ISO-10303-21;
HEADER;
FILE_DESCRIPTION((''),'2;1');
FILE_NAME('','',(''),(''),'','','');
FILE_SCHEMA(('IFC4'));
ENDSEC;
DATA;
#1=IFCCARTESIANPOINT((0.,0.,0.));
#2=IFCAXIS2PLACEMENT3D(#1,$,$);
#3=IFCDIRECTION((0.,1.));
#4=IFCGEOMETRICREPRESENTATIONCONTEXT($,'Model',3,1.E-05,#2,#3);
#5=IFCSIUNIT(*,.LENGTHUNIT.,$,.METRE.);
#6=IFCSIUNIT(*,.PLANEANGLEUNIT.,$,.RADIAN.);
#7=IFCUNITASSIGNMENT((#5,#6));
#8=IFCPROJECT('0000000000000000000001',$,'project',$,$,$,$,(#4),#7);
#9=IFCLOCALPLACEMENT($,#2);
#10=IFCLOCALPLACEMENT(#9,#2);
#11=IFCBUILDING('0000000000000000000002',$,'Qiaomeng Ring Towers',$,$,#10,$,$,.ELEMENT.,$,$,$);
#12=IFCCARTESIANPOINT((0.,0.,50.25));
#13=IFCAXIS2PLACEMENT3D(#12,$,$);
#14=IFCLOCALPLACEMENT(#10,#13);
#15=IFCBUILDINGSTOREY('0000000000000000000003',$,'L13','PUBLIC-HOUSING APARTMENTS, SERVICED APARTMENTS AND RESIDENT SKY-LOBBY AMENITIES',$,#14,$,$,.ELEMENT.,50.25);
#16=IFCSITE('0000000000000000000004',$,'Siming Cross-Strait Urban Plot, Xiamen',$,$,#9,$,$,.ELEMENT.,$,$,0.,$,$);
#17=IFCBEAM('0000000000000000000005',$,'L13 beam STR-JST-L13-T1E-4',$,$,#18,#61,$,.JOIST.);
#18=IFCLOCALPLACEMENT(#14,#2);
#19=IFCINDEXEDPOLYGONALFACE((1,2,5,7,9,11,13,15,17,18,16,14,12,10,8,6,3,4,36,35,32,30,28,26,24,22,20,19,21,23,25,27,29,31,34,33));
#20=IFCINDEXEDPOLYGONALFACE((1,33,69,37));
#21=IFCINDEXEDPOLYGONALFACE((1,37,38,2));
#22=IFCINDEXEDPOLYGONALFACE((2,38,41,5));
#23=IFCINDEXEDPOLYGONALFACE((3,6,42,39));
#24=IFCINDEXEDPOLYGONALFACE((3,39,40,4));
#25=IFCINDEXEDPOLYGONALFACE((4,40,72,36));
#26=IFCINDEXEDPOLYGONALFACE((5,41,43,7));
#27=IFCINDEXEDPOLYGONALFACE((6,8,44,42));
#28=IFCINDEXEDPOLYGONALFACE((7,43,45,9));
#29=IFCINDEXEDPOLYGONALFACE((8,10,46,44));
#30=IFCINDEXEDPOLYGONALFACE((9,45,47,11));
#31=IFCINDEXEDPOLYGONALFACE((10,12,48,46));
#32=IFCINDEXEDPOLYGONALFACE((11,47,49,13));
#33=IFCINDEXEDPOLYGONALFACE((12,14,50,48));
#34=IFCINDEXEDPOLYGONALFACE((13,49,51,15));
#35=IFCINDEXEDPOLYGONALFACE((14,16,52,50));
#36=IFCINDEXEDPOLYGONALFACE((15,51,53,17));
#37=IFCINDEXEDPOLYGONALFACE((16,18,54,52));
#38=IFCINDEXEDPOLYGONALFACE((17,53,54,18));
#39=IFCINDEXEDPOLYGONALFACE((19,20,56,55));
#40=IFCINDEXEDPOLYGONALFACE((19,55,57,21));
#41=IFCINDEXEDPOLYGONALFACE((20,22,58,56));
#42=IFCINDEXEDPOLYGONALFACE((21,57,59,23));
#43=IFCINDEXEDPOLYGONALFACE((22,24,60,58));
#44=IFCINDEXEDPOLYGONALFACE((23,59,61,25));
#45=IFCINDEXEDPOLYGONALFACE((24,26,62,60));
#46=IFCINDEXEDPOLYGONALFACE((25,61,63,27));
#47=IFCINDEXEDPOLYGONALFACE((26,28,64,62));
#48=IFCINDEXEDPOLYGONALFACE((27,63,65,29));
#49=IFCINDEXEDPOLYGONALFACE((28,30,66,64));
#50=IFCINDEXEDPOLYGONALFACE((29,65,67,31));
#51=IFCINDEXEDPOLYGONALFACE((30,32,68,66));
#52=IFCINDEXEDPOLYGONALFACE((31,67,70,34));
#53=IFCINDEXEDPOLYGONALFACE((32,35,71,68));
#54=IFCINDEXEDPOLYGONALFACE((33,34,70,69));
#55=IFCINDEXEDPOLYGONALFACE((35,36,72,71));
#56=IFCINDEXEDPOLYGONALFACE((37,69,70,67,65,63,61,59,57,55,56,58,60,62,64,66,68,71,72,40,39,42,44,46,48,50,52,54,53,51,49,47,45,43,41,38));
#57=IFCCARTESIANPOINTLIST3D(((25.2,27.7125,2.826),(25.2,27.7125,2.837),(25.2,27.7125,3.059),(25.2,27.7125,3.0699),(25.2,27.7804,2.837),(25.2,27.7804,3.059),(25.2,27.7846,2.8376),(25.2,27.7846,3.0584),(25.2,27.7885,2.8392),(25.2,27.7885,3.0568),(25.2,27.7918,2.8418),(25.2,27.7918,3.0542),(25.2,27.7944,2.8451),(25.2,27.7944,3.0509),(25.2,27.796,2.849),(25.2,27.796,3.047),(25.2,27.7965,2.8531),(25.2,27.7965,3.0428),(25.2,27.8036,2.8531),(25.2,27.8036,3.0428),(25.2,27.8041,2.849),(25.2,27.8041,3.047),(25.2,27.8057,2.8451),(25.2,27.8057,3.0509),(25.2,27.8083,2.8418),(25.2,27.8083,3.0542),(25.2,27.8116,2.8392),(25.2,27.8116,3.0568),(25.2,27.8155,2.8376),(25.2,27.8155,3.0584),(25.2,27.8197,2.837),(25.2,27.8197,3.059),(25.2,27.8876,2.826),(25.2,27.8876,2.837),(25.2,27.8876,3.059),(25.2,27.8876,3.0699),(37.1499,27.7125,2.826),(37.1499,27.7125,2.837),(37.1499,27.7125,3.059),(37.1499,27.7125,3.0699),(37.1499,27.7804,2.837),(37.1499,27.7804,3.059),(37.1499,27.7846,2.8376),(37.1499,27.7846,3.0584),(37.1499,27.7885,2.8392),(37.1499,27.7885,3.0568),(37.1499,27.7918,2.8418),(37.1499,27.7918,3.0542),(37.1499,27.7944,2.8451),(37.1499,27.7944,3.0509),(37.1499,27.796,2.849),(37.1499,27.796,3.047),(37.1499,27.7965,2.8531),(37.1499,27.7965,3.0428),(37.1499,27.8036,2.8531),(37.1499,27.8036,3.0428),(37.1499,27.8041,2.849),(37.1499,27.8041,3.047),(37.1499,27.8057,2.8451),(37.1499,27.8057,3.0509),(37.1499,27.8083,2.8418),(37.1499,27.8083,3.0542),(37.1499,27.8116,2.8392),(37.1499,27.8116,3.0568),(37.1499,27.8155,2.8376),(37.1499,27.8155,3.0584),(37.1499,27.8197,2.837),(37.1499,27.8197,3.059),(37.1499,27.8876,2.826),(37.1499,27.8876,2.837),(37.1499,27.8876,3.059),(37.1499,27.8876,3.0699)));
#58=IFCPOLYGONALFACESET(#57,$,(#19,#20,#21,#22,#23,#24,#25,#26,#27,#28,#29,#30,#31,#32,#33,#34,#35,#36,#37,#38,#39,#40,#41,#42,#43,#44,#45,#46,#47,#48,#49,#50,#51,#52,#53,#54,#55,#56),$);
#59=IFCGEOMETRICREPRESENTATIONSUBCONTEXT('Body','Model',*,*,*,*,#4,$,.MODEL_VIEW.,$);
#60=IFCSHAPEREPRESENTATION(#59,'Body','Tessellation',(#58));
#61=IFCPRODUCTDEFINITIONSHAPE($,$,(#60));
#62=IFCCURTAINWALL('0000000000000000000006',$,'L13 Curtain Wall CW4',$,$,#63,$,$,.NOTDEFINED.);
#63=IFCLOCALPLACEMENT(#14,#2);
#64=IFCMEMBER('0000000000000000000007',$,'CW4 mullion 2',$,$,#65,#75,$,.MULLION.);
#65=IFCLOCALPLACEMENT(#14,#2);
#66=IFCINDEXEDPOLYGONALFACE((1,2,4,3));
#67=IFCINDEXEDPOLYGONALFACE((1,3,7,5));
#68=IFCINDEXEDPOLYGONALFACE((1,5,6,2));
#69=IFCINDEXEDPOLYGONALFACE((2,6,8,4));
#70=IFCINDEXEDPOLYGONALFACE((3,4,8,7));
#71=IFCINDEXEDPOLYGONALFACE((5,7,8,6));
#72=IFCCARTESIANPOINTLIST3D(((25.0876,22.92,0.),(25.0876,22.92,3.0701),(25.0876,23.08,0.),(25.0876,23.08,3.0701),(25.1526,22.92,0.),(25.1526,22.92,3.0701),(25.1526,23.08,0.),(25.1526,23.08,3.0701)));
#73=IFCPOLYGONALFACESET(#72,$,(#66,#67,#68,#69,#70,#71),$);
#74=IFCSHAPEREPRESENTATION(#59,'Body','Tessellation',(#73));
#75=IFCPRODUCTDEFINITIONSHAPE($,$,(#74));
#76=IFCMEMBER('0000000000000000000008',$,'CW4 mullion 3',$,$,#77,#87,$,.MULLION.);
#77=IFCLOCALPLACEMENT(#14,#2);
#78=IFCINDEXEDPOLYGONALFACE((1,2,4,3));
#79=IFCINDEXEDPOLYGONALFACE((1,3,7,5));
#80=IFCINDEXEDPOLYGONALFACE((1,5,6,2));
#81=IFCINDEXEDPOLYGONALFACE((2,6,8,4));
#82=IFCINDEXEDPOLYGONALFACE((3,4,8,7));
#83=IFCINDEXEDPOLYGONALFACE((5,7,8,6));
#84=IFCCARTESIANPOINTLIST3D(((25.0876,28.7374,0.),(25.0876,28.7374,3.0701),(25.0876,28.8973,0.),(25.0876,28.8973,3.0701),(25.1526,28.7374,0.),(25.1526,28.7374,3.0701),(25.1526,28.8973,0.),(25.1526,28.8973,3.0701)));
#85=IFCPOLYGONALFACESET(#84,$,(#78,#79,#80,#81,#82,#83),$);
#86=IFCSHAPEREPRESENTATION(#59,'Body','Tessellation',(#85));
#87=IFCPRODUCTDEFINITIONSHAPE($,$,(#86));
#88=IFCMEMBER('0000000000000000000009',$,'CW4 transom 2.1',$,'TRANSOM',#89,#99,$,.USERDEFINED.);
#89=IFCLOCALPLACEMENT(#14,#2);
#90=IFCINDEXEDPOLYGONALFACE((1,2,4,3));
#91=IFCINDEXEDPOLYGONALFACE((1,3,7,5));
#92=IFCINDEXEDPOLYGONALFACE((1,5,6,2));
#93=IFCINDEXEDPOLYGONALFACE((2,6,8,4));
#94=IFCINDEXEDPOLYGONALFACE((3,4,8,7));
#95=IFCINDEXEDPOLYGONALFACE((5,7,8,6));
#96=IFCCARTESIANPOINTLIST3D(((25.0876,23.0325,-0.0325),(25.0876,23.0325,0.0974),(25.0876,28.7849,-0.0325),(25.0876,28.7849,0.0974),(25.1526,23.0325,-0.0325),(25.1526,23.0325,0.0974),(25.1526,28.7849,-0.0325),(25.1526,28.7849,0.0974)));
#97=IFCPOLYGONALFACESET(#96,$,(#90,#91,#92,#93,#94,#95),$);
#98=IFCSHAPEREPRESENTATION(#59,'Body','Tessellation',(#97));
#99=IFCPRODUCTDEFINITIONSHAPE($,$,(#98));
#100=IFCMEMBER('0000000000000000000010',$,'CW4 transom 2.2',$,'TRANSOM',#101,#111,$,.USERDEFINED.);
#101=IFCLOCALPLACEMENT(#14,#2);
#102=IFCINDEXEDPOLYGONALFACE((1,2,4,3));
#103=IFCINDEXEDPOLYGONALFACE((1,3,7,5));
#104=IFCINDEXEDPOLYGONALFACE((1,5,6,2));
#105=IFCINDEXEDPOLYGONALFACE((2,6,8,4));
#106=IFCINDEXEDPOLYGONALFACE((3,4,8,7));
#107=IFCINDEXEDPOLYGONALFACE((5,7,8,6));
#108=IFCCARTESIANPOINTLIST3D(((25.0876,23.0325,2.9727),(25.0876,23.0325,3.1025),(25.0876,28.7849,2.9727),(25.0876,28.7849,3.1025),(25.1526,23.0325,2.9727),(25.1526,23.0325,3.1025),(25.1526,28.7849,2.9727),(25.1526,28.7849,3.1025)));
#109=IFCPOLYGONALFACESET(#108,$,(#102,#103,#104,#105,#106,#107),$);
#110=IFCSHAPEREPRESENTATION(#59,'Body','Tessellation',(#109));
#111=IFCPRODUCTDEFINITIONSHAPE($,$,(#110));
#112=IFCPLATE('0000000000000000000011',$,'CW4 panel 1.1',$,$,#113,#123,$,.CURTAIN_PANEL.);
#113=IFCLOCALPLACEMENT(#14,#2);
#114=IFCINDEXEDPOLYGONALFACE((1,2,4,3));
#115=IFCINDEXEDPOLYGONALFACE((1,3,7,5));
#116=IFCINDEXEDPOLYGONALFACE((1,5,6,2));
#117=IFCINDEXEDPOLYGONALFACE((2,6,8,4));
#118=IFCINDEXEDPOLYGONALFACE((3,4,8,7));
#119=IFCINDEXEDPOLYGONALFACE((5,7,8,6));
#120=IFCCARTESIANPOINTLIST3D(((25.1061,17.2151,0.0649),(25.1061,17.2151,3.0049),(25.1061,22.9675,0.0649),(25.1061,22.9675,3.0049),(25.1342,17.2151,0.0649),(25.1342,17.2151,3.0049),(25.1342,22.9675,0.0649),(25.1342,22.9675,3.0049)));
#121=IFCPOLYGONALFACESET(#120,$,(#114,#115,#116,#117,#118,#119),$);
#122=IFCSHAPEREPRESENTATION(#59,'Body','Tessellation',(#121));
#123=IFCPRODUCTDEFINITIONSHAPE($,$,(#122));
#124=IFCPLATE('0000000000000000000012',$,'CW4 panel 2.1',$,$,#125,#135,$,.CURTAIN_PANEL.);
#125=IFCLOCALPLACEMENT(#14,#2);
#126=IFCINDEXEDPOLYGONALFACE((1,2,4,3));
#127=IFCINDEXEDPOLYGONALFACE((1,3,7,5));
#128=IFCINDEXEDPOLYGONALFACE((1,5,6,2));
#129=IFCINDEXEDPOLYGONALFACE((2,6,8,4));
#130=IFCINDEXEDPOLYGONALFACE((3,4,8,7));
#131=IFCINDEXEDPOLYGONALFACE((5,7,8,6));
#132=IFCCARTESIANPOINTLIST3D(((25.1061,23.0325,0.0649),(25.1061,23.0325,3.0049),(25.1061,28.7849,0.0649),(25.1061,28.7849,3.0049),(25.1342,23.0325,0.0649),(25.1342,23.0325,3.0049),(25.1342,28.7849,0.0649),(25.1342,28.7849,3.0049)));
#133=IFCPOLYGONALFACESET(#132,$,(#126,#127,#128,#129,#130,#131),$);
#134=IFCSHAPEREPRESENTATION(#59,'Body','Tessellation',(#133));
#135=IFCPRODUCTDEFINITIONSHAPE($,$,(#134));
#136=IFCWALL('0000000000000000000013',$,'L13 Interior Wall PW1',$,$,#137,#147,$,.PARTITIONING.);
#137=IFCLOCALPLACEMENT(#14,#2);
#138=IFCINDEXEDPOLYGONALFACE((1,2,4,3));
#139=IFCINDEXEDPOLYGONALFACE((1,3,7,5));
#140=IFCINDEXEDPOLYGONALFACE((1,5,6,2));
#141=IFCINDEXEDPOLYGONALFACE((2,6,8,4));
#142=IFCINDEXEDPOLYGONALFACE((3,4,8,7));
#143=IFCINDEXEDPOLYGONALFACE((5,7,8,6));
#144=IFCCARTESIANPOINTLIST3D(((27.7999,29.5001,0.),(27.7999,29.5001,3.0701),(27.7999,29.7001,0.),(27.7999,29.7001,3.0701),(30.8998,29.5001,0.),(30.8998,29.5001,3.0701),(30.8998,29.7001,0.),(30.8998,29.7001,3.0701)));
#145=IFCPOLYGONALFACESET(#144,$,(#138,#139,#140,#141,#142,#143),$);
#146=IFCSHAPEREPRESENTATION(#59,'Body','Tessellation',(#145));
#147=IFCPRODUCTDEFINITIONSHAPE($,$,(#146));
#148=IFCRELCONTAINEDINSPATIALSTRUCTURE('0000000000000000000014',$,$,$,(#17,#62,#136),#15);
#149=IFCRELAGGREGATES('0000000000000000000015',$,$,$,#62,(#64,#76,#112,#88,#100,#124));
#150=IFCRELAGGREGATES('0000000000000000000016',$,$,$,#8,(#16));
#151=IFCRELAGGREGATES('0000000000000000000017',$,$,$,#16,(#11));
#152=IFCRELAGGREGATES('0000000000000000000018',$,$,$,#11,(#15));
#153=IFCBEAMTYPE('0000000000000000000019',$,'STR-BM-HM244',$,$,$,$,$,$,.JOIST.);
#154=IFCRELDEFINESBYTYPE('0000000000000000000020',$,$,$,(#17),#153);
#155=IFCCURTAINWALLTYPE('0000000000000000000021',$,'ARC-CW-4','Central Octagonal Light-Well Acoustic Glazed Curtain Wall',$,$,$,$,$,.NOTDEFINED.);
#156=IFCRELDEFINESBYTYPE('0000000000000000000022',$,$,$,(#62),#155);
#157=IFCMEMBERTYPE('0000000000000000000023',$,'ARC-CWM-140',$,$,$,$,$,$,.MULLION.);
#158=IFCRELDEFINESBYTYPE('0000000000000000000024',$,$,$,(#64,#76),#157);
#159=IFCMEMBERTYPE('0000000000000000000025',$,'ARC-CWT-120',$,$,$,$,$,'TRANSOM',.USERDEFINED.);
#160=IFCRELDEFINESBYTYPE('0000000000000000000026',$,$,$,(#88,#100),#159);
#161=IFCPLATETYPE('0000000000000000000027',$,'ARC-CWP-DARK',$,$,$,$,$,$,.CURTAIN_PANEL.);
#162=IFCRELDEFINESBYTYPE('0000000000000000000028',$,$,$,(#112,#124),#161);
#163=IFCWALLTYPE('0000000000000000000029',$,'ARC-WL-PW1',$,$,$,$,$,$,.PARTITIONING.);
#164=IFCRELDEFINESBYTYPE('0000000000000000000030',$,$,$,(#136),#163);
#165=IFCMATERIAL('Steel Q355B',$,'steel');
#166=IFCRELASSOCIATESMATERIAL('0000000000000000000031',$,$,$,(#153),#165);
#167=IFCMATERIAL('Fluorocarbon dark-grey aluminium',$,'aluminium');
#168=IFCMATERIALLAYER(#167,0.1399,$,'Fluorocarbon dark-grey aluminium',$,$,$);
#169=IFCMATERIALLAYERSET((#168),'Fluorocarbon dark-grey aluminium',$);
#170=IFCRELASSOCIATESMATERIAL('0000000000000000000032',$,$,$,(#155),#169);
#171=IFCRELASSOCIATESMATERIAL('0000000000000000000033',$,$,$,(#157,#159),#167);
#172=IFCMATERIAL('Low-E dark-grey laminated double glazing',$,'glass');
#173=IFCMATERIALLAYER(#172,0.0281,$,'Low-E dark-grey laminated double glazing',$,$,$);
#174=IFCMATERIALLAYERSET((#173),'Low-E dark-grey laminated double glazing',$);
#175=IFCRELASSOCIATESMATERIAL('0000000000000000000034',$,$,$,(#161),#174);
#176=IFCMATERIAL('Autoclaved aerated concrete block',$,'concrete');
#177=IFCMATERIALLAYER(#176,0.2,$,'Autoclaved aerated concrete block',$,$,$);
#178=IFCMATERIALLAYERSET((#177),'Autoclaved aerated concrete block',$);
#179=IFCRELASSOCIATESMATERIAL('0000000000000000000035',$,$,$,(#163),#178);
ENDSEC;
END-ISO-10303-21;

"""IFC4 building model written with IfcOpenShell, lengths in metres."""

from ifc_helpers import new_model, si_unit, direction, frame, frame_2d, origin, origin_2d, place, context, subcontext, project, spatial, rectangle, i_section, extrude, source, transform, mapped, material, layer, layer_set, material_profile, profile_set, type_object, element, aggregate, save


model = new_model("IFC4")

# Units and contexts
model_context = context("Model", 3, precision=1e-05, world=origin(), true_north=direction((0.0, 1.0)))
body_context = subcontext(model_context, "Body", "Model", "MODEL_VIEW")
ifc_project = project(units=[si_unit("LENGTHUNIT", "METRE"), si_unit("PLANEANGLEUNIT", "RADIAN")], contexts=[model_context])

# Site, building, storey
site_placement = place(None, origin())
site = spatial("IfcSite", under=ifc_project, at=site_placement, Name="Siming Cross-Strait Urban Plot, Xiamen", CompositionType="ELEMENT", RefElevation=0.0)
building_placement = place(site_placement, origin())
building = spatial("IfcBuilding", under=site, at=building_placement, Name="Qiaomeng Ring Towers", CompositionType="ELEMENT")
storey_placement = place(building_placement, frame((0.0, 0.0, 50.25)))
storey = spatial("IfcBuildingStorey", under=building, at=storey_placement, Name="L13", Description="PUBLIC-HOUSING APARTMENTS, SERVICED APARTMENTS AND RESIDENT SKY-LOBBY AMENITIES", CompositionType="ELEMENT", Elevation=50.25)

# Beam
ifc_material_1 = material(Name="Steel Q355B", Category="steel")
ifc_material_profile_1 = material_profile(ifc_material_1, i_section(OverallWidth=0.175, OverallDepth=0.2439, WebThickness=0.0071, FlangeThickness=0.011, FilletRadius=0.0161, at=origin_2d()), Name="HM 244x175x7x11")
ifc_profile_set_1 = profile_set([ifc_material_profile_1], Name="Steel Q355B")
beam_type_1 = type_object("IfcBeamType", Name="STR-BM-HM244", PredefinedType="JOIST", material=ifc_profile_set_1)
shared_shape_1 = source(origin(), body_context, "Body", "SweptSolid", [
    extrude(i_section(OverallWidth=0.175, OverallDepth=0.2439, WebThickness=0.0071, FlangeThickness=0.011, FilletRadius=0.0161, at=origin_2d()), origin(), (0.0, 0.0, 1.0), 11.95),
])
for number, where, z_axis, x_axis, name in (
    (1, (25.2, 27.8, 2.948), (1.0, 0.0, 0.0), (0.0, 1.0, 0.0), "L13 beam STR-JST-L13-T1E-4"),
):
    element("IfcBeam", number, at=place(storey_placement, frame(where, z_axis=z_axis, x_axis=x_axis)), inside=storey, type_object=beam_type_1, Name=name, PredefinedType="JOIST", context=body_context, shape_type="MappedRepresentation", body=[
        mapped(shared_shape_1, transform((0.0, 0.0, 0.0), x_axis=(1.0, 0.0, 0.0), y_axis=(0.0, 1.0, 0.0), z_axis=(0.0, 0.0, 1.0), scale=1.0)),
    ])

# Curtain wall, members, plates
ifc_material_2 = material(Name="Fluorocarbon dark-grey aluminium", Category="aluminium")
ifc_layer_1 = layer(ifc_material_2, 0.1399, Name="Fluorocarbon dark-grey aluminium")
ifc_layer_set_1 = layer_set([ifc_layer_1], Name="Fluorocarbon dark-grey aluminium")
curtain_wall_type = type_object("IfcCurtainWallType", Name="ARC-CW-4", Description="Central Octagonal Light-Well Acoustic Glazed Curtain Wall", PredefinedType="NOTDEFINED", material=ifc_layer_set_1)
curtain_wall_placement = place(storey_placement, origin())
curtain_wall = element("IfcCurtainWall", 2, at=curtain_wall_placement, inside=storey, type_object=curtain_wall_type, Name="L13 Curtain Wall CW4", PredefinedType="NOTDEFINED")
ifc_material_profile_2 = material_profile(ifc_material_2, rectangle(XDim=0.0649, YDim=0.1599, at=origin_2d()), Name="ALU MULL 65x160")
ifc_profile_set_2 = profile_set([ifc_material_profile_2], Name="Fluorocarbon dark-grey aluminium")
member_type_1 = type_object("IfcMemberType", Name="ARC-CWM-140", PredefinedType="MULLION", material=ifc_profile_set_2)
shared_shape_2 = source(origin(), body_context, "Body", "SweptSolid", [
    extrude(rectangle(XDim=0.0649, YDim=0.1599, at=origin_2d()), origin(), (0.0, 0.0, 1.0), 3.0701),
])
member_1_placement = place(storey_placement, frame((25.1201, 23.0, 0.0), z_axis=(0.0, 0.0, 1.0), x_axis=(-1.0, 0.0, 0.0)))
member_1 = element("IfcMember", 3, at=member_1_placement, type_object=member_type_1, Name="CW4 mullion 2", PredefinedType="MULLION", context=body_context, shape_type="MappedRepresentation", body=[
    mapped(shared_shape_2, transform((0.0, 0.0, 0.0), x_axis=(1.0, 0.0, 0.0), y_axis=(0.0, 1.0, 0.0), z_axis=(0.0, 0.0, 1.0), scale=1.0)),
])
member_2_placement = place(storey_placement, frame((25.1201, 28.8174, 0.0), z_axis=(0.0, 0.0, 1.0), x_axis=(-1.0, 0.0, 0.0)))
member_2 = element("IfcMember", 4, at=member_2_placement, type_object=member_type_1, Name="CW4 mullion 3", PredefinedType="MULLION", context=body_context, shape_type="MappedRepresentation", body=[
    mapped(shared_shape_2, transform((0.0, 0.0, 0.0), x_axis=(1.0, 0.0, 0.0), y_axis=(0.0, 1.0, 0.0), z_axis=(0.0, 0.0, 1.0), scale=1.0)),
])
ifc_material_profile_3 = material_profile(ifc_material_2, rectangle(XDim=0.0649, YDim=0.1299, at=origin_2d()), Name="ALU TRAN 65x130")
ifc_profile_set_3 = profile_set([ifc_material_profile_3], Name="Fluorocarbon dark-grey aluminium")
member_type_2 = type_object("IfcMemberType", Name="ARC-CWT-120", ElementType="TRANSOM", PredefinedType="USERDEFINED", material=ifc_profile_set_3)
shared_shape_3 = source(origin(), body_context, "Body", "SweptSolid", [
    extrude(rectangle(XDim=0.0649, YDim=0.1299, at=origin_2d()), origin(), (0.0, 0.0, 1.0), 5.7524),
])
member_3_placement = place(storey_placement, frame((25.1201, 23.0325, 0.0325), z_axis=(0.0, 1.0, 0.0), x_axis=(-1.0, 0.0, 0.0)))
member_3 = element("IfcMember", 5, at=member_3_placement, type_object=member_type_2, Name="CW4 transom 2.1", ObjectType="TRANSOM", PredefinedType="USERDEFINED", context=body_context, shape_type="MappedRepresentation", body=[
    mapped(shared_shape_3, transform((0.0, 0.0, 0.0), x_axis=(1.0, 0.0, 0.0), y_axis=(0.0, 1.0, 0.0), z_axis=(0.0, 0.0, 1.0), scale=1.0)),
])
member_4_placement = place(storey_placement, frame((25.1201, 23.0325, 3.0376), z_axis=(0.0, 1.0, 0.0), x_axis=(-1.0, 0.0, 0.0)))
member_4 = element("IfcMember", 6, at=member_4_placement, type_object=member_type_2, Name="CW4 transom 2.2", ObjectType="TRANSOM", PredefinedType="USERDEFINED", context=body_context, shape_type="MappedRepresentation", body=[
    mapped(shared_shape_3, transform((0.0, 0.0, 0.0), x_axis=(1.0, 0.0, 0.0), y_axis=(0.0, 1.0, 0.0), z_axis=(0.0, 0.0, 1.0), scale=1.0)),
])
ifc_material_3 = material(Name="Low-E dark-grey laminated double glazing", Category="glass")
ifc_layer_2 = layer(ifc_material_3, 0.0281, Name="Low-E dark-grey laminated double glazing")
ifc_layer_set_2 = layer_set([ifc_layer_2], Name="Low-E dark-grey laminated double glazing")
plate_type = type_object("IfcPlateType", Name="ARC-CWP-DARK", PredefinedType="CURTAIN_PANEL", material=ifc_layer_set_2)
shared_shape_4 = source(origin(), body_context, "Body", "SweptSolid", [
    extrude(rectangle(XDim=5.7524, YDim=0.0281, at=origin_2d()), origin(), (0.0, 0.0, 1.0), 2.9399),
])
plate_1_placement = place(storey_placement, frame((25.1201, 20.0913, 0.0649), z_axis=(0.0, 0.0, 1.0), x_axis=(0.0, 1.0, 0.0)))
plate_1 = element("IfcPlate", 7, at=plate_1_placement, type_object=plate_type, Name="CW4 panel 1.1", PredefinedType="CURTAIN_PANEL", context=body_context, shape_type="MappedRepresentation", body=[
    mapped(shared_shape_4, transform((0.0, 0.0, 0.0), x_axis=(1.0, 0.0, 0.0), y_axis=(0.0, 1.0, 0.0), z_axis=(0.0, 0.0, 1.0), scale=1.0)),
])
plate_2_placement = place(storey_placement, frame((25.1201, 25.9087, 0.0649), z_axis=(0.0, 0.0, 1.0), x_axis=(0.0, 1.0, 0.0)))
plate_2 = element("IfcPlate", 8, at=plate_2_placement, type_object=plate_type, Name="CW4 panel 2.1", PredefinedType="CURTAIN_PANEL", context=body_context, shape_type="MappedRepresentation", body=[
    mapped(shared_shape_4, transform((0.0, 0.0, 0.0), x_axis=(1.0, 0.0, 0.0), y_axis=(0.0, 1.0, 0.0), z_axis=(0.0, 0.0, 1.0), scale=1.0)),
])
aggregate(curtain_wall, [member_1, member_2, plate_1, member_3, member_4, plate_2])

# Wall
ifc_material_4 = material(Name="Autoclaved aerated concrete block", Category="concrete")
ifc_layer_3 = layer(ifc_material_4, 0.2, Name="Autoclaved aerated concrete block")
ifc_layer_set_3 = layer_set([ifc_layer_3], Name="Autoclaved aerated concrete block")
wall_type_1 = type_object("IfcWallType", Name="ARC-WL-PW1", PredefinedType="PARTITIONING", material=ifc_layer_set_3)
wall_1_placement = place(storey_placement, frame((27.8, 29.6001, 0.0), z_axis=(0.0, 0.0, 1.0), x_axis=(1.0, 0.0, 0.0)))
element("IfcWall", 9, at=wall_1_placement, inside=storey, type_object=wall_type_1, Name="L13 Interior Wall PW1", PredefinedType="PARTITIONING", context=body_context, shape_type="SweptSolid", body=[
    extrude(rectangle(XDim=3.0999, YDim=0.2, at=frame_2d((1.5498, 0.0))), origin(), (0.0, 0.0, 1.0), 3.0701),
])

save(model, "model.ifc")
